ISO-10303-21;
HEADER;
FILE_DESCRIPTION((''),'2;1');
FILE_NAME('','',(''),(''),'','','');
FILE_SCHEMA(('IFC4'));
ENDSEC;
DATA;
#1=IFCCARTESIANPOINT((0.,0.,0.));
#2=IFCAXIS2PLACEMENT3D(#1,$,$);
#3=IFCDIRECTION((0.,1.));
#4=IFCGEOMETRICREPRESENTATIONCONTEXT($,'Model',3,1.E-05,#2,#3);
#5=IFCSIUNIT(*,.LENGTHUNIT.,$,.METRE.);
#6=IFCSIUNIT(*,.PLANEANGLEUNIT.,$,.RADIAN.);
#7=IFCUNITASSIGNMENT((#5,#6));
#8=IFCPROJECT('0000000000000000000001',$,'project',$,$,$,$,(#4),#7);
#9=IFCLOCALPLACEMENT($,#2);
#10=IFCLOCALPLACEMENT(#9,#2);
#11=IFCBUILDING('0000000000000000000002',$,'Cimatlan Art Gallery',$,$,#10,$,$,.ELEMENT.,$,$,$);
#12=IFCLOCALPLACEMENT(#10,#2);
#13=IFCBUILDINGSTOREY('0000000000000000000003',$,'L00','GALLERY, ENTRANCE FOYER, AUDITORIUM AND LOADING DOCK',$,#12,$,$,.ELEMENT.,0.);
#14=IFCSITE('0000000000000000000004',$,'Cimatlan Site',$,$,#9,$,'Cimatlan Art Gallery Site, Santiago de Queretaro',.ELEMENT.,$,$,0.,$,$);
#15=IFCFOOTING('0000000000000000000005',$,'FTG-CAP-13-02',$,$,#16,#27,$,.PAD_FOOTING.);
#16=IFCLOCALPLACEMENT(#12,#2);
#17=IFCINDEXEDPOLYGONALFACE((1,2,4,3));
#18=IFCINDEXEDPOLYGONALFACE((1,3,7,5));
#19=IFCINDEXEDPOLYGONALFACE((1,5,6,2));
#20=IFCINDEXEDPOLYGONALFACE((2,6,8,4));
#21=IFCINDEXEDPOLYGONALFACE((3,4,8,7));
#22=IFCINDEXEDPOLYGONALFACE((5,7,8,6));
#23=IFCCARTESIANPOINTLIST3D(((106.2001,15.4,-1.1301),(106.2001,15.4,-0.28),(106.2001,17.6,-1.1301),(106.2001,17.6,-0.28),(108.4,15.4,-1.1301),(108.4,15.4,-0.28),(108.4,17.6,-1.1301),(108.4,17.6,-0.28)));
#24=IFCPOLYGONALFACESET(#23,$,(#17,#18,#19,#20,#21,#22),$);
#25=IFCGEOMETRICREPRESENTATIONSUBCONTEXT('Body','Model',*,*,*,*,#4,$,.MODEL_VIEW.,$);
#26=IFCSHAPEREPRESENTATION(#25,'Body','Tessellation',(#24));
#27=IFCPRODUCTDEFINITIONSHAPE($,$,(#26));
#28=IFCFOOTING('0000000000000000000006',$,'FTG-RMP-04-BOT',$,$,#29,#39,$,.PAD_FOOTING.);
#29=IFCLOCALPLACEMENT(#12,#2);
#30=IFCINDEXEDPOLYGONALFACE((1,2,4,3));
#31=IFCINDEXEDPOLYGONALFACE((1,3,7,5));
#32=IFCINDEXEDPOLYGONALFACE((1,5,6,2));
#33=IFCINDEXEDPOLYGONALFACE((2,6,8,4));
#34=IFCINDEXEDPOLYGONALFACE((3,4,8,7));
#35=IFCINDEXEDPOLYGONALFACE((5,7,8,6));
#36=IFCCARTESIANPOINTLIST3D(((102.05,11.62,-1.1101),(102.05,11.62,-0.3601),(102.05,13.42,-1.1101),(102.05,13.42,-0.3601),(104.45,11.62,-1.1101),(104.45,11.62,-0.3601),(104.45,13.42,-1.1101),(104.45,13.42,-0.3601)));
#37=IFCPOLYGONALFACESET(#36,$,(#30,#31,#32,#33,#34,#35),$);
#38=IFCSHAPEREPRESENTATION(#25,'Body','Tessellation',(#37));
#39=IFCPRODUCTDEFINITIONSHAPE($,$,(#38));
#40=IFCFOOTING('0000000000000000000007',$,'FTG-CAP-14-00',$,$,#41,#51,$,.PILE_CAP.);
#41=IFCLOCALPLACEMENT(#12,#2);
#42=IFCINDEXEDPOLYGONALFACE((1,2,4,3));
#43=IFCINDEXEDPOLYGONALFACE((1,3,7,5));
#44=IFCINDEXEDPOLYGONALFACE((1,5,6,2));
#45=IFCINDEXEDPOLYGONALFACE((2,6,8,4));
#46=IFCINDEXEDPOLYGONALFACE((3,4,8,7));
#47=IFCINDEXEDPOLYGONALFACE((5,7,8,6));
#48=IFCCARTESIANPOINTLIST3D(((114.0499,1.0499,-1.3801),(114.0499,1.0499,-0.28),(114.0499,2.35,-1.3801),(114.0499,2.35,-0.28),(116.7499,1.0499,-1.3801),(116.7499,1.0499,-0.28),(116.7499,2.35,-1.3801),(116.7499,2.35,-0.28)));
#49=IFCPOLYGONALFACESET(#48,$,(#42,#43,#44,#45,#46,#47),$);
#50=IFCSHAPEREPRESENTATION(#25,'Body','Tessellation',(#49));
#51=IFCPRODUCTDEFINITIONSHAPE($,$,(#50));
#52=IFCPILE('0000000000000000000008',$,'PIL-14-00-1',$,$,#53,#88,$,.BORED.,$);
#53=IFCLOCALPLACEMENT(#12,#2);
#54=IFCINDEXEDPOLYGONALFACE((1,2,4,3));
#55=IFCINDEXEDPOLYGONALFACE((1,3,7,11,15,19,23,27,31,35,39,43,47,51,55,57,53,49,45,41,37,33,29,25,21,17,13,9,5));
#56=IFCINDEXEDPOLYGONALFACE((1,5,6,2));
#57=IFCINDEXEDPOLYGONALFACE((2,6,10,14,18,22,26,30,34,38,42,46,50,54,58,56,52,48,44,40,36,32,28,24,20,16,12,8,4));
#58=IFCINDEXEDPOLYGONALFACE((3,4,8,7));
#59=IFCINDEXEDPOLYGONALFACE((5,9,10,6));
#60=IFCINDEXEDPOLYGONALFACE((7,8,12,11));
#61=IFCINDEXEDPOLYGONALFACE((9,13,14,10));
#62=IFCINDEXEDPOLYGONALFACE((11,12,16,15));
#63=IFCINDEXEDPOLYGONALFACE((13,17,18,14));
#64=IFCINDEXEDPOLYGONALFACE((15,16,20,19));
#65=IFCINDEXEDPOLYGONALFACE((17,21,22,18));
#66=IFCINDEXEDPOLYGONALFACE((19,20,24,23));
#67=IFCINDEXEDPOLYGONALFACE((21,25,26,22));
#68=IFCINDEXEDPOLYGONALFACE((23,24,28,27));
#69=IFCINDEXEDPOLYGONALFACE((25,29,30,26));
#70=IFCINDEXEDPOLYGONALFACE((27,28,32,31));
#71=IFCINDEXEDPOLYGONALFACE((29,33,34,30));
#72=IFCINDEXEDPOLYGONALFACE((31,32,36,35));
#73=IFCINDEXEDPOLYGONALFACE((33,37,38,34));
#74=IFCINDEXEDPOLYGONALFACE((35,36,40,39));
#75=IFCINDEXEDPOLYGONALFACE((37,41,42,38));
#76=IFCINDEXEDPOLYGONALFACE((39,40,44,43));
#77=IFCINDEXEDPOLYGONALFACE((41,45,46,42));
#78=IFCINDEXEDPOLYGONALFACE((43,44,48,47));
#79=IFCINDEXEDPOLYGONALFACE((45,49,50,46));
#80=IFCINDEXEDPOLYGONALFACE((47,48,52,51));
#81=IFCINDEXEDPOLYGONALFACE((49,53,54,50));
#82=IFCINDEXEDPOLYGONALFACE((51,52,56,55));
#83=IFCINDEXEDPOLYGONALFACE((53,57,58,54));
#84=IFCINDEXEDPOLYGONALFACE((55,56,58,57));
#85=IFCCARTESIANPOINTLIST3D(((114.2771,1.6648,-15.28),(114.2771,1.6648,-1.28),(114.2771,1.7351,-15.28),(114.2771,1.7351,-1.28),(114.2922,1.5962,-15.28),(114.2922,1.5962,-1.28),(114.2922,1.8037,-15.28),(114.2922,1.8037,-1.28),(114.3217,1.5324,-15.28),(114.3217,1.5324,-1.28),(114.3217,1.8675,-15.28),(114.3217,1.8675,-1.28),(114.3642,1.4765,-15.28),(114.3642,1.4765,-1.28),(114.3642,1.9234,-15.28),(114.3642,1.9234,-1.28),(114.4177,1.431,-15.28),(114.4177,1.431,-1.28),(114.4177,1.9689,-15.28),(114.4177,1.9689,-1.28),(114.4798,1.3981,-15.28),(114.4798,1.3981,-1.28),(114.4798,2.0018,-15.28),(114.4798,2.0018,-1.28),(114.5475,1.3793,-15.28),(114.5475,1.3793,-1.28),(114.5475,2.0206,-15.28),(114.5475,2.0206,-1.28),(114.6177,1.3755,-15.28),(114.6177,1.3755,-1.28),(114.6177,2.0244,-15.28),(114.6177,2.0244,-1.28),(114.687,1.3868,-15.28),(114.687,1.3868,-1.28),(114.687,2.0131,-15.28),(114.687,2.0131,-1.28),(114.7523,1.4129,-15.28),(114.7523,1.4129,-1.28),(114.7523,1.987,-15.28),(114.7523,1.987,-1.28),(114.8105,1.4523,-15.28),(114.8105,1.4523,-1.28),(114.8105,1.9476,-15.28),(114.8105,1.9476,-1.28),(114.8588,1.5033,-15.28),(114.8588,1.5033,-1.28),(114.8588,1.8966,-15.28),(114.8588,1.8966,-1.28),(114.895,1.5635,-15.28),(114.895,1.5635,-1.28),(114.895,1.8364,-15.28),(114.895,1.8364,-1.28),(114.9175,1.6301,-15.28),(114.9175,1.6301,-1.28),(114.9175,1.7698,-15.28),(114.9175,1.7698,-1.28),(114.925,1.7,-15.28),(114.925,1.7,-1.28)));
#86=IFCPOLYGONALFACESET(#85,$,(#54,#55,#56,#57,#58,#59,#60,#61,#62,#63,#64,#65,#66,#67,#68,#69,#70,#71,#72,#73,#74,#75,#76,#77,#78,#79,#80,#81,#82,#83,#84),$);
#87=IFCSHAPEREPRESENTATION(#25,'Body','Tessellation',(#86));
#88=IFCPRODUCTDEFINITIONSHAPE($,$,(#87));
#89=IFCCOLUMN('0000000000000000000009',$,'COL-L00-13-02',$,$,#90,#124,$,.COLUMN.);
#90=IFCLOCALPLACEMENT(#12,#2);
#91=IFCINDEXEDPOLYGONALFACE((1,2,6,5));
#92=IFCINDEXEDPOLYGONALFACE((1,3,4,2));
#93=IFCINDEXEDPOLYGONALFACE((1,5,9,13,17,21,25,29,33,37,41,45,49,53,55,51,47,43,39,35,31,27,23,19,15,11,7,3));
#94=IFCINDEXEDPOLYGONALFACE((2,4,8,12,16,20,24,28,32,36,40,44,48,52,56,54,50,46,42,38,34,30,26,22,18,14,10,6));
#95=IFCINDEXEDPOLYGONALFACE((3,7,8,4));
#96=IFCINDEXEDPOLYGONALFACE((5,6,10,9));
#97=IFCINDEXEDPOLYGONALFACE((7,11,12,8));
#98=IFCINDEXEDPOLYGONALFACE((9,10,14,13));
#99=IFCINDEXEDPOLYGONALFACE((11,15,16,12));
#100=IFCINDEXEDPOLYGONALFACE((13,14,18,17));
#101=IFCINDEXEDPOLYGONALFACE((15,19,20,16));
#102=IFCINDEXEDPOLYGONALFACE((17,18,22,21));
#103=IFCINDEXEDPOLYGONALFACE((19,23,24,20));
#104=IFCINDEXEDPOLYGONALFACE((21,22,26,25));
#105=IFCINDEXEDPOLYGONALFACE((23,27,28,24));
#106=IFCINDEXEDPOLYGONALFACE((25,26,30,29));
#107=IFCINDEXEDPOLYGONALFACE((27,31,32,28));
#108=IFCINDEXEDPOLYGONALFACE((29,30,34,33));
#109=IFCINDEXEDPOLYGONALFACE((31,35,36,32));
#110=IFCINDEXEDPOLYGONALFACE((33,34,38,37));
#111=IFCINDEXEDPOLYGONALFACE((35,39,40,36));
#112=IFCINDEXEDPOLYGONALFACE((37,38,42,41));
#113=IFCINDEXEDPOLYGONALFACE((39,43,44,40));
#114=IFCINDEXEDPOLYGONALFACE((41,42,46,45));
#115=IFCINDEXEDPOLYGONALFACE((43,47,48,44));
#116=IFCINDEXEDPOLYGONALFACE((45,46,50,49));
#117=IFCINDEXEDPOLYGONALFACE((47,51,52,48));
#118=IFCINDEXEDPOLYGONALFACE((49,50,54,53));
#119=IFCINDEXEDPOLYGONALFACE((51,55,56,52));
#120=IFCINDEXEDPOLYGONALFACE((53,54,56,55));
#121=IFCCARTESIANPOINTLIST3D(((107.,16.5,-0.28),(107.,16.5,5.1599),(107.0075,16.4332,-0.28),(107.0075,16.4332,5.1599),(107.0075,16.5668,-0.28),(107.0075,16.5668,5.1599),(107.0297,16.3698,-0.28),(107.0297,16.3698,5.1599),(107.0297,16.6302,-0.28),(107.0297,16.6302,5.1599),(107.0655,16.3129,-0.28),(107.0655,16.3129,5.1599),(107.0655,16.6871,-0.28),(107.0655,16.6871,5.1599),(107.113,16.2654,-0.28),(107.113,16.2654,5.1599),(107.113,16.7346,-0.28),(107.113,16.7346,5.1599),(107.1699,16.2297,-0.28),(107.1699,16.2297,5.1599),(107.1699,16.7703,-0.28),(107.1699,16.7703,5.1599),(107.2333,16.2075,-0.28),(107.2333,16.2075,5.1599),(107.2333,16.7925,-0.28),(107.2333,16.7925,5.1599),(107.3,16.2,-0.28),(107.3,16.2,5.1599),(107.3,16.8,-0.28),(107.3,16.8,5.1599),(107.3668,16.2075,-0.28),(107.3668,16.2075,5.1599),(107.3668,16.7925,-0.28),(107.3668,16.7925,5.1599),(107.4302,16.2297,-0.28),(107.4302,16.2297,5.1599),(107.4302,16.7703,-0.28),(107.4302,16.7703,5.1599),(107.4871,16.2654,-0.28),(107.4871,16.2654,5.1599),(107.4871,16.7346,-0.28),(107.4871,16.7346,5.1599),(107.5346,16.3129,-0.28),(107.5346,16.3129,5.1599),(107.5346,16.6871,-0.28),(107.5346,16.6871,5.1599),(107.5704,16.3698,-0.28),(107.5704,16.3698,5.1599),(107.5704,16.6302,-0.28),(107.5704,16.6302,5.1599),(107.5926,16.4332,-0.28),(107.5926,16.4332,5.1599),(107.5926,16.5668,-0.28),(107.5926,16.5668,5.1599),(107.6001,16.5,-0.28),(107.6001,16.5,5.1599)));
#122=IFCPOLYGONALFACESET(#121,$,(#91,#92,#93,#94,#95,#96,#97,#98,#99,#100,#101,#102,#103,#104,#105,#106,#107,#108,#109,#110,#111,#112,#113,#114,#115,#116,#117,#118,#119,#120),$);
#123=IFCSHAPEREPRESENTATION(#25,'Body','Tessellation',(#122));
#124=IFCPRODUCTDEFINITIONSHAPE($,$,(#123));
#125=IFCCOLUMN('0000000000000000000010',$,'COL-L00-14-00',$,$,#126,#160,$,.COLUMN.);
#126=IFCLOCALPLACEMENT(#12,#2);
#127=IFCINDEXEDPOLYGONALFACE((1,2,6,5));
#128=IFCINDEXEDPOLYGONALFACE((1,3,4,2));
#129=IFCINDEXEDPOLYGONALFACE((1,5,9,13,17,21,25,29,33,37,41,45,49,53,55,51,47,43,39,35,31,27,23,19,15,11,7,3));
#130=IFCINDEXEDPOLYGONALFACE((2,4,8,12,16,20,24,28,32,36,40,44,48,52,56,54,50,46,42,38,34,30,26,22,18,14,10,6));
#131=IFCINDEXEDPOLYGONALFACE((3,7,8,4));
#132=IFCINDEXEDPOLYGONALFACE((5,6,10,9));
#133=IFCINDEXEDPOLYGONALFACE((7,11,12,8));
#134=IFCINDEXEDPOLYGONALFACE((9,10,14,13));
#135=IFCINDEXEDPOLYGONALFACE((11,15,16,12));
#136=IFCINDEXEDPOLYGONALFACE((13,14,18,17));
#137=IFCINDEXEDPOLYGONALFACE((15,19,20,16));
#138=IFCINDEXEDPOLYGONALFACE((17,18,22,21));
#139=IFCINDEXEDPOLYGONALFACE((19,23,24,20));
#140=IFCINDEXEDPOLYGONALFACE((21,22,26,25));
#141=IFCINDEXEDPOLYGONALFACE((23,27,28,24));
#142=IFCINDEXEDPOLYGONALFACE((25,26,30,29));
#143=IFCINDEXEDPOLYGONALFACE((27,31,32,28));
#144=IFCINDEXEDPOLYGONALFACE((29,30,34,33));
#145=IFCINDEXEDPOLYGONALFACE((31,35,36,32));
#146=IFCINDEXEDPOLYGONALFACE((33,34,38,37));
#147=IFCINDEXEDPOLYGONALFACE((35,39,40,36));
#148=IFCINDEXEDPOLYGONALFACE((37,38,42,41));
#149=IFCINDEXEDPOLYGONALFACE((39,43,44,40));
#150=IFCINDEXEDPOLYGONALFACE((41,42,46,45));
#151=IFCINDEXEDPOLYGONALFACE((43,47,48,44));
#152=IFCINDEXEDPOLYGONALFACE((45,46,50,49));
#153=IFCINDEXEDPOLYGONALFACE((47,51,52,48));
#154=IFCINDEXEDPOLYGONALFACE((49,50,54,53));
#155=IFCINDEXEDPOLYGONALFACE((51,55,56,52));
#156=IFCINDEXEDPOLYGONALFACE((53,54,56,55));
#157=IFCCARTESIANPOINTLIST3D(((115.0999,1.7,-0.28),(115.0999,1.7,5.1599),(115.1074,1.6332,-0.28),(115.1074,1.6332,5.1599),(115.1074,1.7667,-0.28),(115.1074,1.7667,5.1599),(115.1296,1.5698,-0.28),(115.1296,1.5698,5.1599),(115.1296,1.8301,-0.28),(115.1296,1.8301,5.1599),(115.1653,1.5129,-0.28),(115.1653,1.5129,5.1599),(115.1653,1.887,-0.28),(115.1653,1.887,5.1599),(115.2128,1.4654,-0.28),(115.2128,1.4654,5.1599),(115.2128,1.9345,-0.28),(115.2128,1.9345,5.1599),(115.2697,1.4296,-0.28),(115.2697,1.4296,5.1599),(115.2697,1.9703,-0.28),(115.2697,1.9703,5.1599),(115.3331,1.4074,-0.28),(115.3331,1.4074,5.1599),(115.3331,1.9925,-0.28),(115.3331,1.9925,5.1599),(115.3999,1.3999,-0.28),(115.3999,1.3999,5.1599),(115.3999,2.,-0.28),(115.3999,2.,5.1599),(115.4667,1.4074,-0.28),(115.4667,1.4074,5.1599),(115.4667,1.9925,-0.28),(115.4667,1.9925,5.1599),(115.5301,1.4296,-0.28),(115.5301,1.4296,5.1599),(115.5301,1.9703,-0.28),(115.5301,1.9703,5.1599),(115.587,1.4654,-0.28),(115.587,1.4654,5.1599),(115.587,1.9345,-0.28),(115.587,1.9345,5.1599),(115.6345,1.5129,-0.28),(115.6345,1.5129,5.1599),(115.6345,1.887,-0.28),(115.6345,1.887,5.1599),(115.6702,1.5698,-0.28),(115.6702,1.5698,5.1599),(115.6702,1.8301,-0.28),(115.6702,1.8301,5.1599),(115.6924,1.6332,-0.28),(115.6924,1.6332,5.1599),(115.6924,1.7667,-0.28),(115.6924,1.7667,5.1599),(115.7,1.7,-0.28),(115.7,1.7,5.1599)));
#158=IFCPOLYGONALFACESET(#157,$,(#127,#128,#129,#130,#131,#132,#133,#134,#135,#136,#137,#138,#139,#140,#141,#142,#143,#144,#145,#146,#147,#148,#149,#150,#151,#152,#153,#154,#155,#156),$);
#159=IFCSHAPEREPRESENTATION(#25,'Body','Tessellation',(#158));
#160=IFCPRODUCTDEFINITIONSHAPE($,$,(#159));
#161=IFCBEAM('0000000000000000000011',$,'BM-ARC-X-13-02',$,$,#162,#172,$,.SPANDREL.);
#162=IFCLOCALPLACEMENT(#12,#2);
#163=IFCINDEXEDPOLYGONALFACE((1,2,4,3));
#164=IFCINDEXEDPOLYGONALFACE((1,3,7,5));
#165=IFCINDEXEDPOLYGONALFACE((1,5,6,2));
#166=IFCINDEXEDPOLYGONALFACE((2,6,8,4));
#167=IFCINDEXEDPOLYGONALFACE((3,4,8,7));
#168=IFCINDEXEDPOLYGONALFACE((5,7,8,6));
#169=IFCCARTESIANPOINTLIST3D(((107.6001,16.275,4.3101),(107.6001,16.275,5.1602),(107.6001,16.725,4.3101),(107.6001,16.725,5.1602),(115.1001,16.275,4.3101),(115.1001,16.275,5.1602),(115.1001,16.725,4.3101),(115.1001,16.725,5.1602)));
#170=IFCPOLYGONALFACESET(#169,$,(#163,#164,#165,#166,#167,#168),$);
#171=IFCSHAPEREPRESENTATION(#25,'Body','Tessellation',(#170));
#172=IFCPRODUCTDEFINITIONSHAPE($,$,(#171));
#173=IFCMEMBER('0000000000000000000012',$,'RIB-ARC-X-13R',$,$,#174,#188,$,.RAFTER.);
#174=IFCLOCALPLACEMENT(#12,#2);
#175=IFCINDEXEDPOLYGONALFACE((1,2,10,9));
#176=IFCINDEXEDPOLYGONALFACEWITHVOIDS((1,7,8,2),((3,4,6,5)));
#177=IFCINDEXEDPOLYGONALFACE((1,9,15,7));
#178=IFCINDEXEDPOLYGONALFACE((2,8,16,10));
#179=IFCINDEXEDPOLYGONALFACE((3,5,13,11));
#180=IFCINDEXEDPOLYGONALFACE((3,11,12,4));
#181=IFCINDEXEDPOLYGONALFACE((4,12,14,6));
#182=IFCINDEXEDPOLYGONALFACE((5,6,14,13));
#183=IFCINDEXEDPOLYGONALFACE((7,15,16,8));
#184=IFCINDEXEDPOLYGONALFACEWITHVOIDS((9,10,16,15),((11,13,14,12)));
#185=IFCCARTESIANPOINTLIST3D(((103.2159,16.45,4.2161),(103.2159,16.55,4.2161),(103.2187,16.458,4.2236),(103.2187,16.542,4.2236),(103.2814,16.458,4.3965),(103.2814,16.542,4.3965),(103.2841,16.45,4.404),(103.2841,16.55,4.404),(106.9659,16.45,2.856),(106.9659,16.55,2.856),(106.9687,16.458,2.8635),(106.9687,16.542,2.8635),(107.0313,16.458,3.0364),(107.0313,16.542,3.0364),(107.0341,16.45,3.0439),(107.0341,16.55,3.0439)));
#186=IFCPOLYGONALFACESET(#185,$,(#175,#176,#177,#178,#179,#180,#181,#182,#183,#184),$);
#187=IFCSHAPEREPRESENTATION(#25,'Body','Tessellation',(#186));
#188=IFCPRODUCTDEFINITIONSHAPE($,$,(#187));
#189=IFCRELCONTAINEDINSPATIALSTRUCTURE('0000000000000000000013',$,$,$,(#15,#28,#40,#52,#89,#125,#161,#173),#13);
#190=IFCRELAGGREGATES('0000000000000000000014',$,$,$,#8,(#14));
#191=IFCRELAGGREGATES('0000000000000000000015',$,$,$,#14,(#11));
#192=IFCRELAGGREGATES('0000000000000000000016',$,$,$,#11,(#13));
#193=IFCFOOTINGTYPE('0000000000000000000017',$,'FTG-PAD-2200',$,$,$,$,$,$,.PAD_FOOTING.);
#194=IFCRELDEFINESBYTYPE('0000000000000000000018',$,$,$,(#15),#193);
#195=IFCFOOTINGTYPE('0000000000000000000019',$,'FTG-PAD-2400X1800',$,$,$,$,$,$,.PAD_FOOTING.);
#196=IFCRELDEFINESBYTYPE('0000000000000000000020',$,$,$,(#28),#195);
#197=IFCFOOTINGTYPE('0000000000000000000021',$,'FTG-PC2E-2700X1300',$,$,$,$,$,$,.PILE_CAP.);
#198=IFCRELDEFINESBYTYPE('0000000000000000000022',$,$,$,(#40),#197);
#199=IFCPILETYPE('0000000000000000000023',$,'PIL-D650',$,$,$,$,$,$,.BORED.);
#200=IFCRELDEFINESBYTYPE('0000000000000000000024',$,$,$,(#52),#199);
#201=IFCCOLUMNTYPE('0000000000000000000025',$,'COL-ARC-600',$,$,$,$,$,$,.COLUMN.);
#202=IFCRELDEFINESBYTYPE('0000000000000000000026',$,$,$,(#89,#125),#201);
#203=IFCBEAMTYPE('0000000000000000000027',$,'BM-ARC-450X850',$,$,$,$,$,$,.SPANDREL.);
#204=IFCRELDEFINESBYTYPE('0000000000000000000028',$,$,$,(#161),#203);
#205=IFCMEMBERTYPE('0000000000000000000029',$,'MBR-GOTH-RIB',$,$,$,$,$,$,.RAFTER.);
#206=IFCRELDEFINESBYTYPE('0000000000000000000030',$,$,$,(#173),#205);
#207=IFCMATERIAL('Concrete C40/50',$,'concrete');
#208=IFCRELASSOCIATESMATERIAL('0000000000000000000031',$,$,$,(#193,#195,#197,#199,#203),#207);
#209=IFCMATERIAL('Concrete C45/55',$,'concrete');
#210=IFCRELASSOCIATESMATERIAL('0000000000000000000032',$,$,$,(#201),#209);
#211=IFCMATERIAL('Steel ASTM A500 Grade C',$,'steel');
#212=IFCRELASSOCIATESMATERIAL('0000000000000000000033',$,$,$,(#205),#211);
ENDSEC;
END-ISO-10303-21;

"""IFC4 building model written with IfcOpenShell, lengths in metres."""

from ifc_helpers import new_model, si_unit, direction, frame, origin, origin_2d, place, context, subcontext, project, spatial, rectangle, hollow_rectangle, circle, extrude, material, material_profile, profile_set, type_object, element, save


model = new_model("IFC4")

# Units and contexts
model_context = context("Model", 3, precision=1e-05, world=origin(), true_north=direction((0.0, 1.0)))
body_context = subcontext(model_context, "Body", "Model", "MODEL_VIEW")
ifc_project = project(units=[si_unit("LENGTHUNIT", "METRE"), si_unit("PLANEANGLEUNIT", "RADIAN")], contexts=[model_context])

# Site, building, storey
site_placement = place(None, origin())
site = spatial("IfcSite", under=ifc_project, at=site_placement, Name="Cimatlan Site", LongName="Cimatlan Art Gallery Site, Santiago de Queretaro", CompositionType="ELEMENT", RefElevation=0.0)
building_placement = place(site_placement, origin())
building = spatial("IfcBuilding", under=site, at=building_placement, Name="Cimatlan Art Gallery", CompositionType="ELEMENT")
storey_placement = place(building_placement, origin())
storey = spatial("IfcBuildingStorey", under=building, at=storey_placement, Name="L00", Description="GALLERY, ENTRANCE FOYER, AUDITORIUM AND LOADING DOCK", CompositionType="ELEMENT", Elevation=0.0)

# Footings
ifc_material_1 = material(Name="Concrete C40/50", Category="concrete")
footing_type_1 = type_object("IfcFootingType", Name="FTG-PAD-2200", PredefinedType="PAD_FOOTING", material=ifc_material_1)
footing_1_placement = place(storey_placement, frame((107.3, 16.5, -1.1301), z_axis=(0.0, 0.0, 1.0), x_axis=(1.0, 0.0, 0.0)))
element("IfcFooting", 1, at=footing_1_placement, inside=storey, type_object=footing_type_1, Name="FTG-CAP-13-02", PredefinedType="PAD_FOOTING", context=body_context, shape_type="SweptSolid", body=[
    extrude(rectangle(XDim=2.2, YDim=2.2, at=origin_2d()), origin(), (0.0, 0.0, 1.0), 0.8501),
])
footing_type_2 = type_object("IfcFootingType", Name="FTG-PAD-2400X1800", PredefinedType="PAD_FOOTING", material=ifc_material_1)
footing_2_placement = place(storey_placement, frame((103.25, 12.52, -1.1101), z_axis=(0.0, 0.0, 1.0), x_axis=(1.0, 0.0, 0.0)))
element("IfcFooting", 2, at=footing_2_placement, inside=storey, type_object=footing_type_2, Name="FTG-RMP-04-BOT", PredefinedType="PAD_FOOTING", context=body_context, shape_type="SweptSolid", body=[
    extrude(rectangle(XDim=2.3999, YDim=1.8, at=origin_2d()), origin(), (0.0, 0.0, 1.0), 0.75),
])
footing_type_3 = type_object("IfcFootingType", Name="FTG-PC2E-2700X1300", PredefinedType="PILE_CAP", material=ifc_material_1)
footing_3_placement = place(storey_placement, frame((115.3999, 1.7, -1.3801), z_axis=(0.0, 0.0, 1.0), x_axis=(1.0, 0.0, 0.0)))
element("IfcFooting", 3, at=footing_3_placement, inside=storey, type_object=footing_type_3, Name="FTG-CAP-14-00", PredefinedType="PILE_CAP", context=body_context, shape_type="SweptSolid", body=[
    extrude(rectangle(XDim=2.7, YDim=1.3, at=origin_2d()), origin(), (0.0, 0.0, 1.0), 1.1001),
])

# Pile
pile_type = type_object("IfcPileType", Name="PIL-D650", PredefinedType="BORED", material=ifc_material_1)
pile_placement = place(storey_placement, frame((114.6001, 1.7, -1.28), z_axis=(0.0, 0.0, -1.0), x_axis=(1.0, 0.0, 0.0)))
element("IfcPile", 4, at=pile_placement, inside=storey, type_object=pile_type, Name="PIL-14-00-1", PredefinedType="BORED", context=body_context, shape_type="SweptSolid", body=[
    extrude(circle(Radius=0.325, at=origin_2d()), origin(), (0.0, 0.0, 1.0), 14.0),
])

# Columns
ifc_material_2 = material(Name="Concrete C45/55", Category="concrete")
ifc_material_profile_1 = material_profile(ifc_material_2, circle(Radius=0.3, at=origin_2d()), Name="RCD600")
ifc_profile_set_1 = profile_set([ifc_material_profile_1], Name="Concrete C45/55")
column_type = type_object("IfcColumnType", Name="COL-ARC-600", PredefinedType="COLUMN", material=ifc_profile_set_1)
for number, where, z_axis, x_axis, name in (
    (5, (107.3, 16.5, -0.28), (0.0, 0.0, 1.0), (1.0, 0.0, 0.0), "COL-L00-13-02"),
    (6, (115.3999, 1.7, -0.28), (0.0, 0.0, 1.0), (1.0, 0.0, 0.0), "COL-L00-14-00"),
):
    element("IfcColumn", number, at=place(storey_placement, frame(where, z_axis=z_axis, x_axis=x_axis)), inside=storey, type_object=column_type, Name=name, PredefinedType="COLUMN", context=body_context, shape_type="SweptSolid", body=[
        extrude(circle(Radius=0.3, at=origin_2d()), origin(), (0.0, 0.0, 1.0), 5.4399),
    ])

# Beam
ifc_material_profile_2 = material_profile(ifc_material_1, rectangle(XDim=0.45, YDim=0.8501, at=origin_2d()), Name="RC450X850")
ifc_profile_set_2 = profile_set([ifc_material_profile_2], Name="Concrete C40/50")
beam_type = type_object("IfcBeamType", Name="BM-ARC-450X850", PredefinedType="SPANDREL", material=ifc_profile_set_2)
beam_placement = place(storey_placement, frame((107.6001, 16.5, 4.7351), z_axis=(1.0, 0.0, 0.0), x_axis=(0.0, 1.0, 0.0)))
element("IfcBeam", 7, at=beam_placement, inside=storey, type_object=beam_type, Name="BM-ARC-X-13-02", PredefinedType="SPANDREL", context=body_context, shape_type="SweptSolid", body=[
    extrude(rectangle(XDim=0.45, YDim=0.8501, at=origin_2d()), origin(), (0.0, 0.0, 1.0), 7.5),
])

# Member
ifc_material_3 = material(Name="Steel ASTM A500 Grade C", Category="steel")
ifc_material_profile_3 = material_profile(ifc_material_3, hollow_rectangle(XDim=0.1001, YDim=0.2, WallThickness=0.0081, at=origin_2d()), Name="HSS200X100X8")
ifc_profile_set_3 = profile_set([ifc_material_profile_3], Name="Steel ASTM A500 Grade C")
member_type = type_object("IfcMemberType", Name="MBR-GOTH-RIB", PredefinedType="RAFTER", material=ifc_profile_set_3)
for number, where, z_axis, x_axis, name in (
    (8, (107.0, 16.5, 2.95), (-0.940077, 0.0, 0.340962), (0.0, -1.0, 0.0), "RIB-ARC-X-13R"),
):
    element("IfcMember", number, at=place(storey_placement, frame(where, z_axis=z_axis, x_axis=x_axis)), inside=storey, type_object=member_type, Name=name, PredefinedType="RAFTER", context=body_context, shape_type="SweptSolid", body=[
        extrude(hollow_rectangle(XDim=0.1001, YDim=0.2, WallThickness=0.0081, at=origin_2d()), origin(), (0.0, 0.0, 1.0), 3.989),
    ])

save(model, "model.ifc")
